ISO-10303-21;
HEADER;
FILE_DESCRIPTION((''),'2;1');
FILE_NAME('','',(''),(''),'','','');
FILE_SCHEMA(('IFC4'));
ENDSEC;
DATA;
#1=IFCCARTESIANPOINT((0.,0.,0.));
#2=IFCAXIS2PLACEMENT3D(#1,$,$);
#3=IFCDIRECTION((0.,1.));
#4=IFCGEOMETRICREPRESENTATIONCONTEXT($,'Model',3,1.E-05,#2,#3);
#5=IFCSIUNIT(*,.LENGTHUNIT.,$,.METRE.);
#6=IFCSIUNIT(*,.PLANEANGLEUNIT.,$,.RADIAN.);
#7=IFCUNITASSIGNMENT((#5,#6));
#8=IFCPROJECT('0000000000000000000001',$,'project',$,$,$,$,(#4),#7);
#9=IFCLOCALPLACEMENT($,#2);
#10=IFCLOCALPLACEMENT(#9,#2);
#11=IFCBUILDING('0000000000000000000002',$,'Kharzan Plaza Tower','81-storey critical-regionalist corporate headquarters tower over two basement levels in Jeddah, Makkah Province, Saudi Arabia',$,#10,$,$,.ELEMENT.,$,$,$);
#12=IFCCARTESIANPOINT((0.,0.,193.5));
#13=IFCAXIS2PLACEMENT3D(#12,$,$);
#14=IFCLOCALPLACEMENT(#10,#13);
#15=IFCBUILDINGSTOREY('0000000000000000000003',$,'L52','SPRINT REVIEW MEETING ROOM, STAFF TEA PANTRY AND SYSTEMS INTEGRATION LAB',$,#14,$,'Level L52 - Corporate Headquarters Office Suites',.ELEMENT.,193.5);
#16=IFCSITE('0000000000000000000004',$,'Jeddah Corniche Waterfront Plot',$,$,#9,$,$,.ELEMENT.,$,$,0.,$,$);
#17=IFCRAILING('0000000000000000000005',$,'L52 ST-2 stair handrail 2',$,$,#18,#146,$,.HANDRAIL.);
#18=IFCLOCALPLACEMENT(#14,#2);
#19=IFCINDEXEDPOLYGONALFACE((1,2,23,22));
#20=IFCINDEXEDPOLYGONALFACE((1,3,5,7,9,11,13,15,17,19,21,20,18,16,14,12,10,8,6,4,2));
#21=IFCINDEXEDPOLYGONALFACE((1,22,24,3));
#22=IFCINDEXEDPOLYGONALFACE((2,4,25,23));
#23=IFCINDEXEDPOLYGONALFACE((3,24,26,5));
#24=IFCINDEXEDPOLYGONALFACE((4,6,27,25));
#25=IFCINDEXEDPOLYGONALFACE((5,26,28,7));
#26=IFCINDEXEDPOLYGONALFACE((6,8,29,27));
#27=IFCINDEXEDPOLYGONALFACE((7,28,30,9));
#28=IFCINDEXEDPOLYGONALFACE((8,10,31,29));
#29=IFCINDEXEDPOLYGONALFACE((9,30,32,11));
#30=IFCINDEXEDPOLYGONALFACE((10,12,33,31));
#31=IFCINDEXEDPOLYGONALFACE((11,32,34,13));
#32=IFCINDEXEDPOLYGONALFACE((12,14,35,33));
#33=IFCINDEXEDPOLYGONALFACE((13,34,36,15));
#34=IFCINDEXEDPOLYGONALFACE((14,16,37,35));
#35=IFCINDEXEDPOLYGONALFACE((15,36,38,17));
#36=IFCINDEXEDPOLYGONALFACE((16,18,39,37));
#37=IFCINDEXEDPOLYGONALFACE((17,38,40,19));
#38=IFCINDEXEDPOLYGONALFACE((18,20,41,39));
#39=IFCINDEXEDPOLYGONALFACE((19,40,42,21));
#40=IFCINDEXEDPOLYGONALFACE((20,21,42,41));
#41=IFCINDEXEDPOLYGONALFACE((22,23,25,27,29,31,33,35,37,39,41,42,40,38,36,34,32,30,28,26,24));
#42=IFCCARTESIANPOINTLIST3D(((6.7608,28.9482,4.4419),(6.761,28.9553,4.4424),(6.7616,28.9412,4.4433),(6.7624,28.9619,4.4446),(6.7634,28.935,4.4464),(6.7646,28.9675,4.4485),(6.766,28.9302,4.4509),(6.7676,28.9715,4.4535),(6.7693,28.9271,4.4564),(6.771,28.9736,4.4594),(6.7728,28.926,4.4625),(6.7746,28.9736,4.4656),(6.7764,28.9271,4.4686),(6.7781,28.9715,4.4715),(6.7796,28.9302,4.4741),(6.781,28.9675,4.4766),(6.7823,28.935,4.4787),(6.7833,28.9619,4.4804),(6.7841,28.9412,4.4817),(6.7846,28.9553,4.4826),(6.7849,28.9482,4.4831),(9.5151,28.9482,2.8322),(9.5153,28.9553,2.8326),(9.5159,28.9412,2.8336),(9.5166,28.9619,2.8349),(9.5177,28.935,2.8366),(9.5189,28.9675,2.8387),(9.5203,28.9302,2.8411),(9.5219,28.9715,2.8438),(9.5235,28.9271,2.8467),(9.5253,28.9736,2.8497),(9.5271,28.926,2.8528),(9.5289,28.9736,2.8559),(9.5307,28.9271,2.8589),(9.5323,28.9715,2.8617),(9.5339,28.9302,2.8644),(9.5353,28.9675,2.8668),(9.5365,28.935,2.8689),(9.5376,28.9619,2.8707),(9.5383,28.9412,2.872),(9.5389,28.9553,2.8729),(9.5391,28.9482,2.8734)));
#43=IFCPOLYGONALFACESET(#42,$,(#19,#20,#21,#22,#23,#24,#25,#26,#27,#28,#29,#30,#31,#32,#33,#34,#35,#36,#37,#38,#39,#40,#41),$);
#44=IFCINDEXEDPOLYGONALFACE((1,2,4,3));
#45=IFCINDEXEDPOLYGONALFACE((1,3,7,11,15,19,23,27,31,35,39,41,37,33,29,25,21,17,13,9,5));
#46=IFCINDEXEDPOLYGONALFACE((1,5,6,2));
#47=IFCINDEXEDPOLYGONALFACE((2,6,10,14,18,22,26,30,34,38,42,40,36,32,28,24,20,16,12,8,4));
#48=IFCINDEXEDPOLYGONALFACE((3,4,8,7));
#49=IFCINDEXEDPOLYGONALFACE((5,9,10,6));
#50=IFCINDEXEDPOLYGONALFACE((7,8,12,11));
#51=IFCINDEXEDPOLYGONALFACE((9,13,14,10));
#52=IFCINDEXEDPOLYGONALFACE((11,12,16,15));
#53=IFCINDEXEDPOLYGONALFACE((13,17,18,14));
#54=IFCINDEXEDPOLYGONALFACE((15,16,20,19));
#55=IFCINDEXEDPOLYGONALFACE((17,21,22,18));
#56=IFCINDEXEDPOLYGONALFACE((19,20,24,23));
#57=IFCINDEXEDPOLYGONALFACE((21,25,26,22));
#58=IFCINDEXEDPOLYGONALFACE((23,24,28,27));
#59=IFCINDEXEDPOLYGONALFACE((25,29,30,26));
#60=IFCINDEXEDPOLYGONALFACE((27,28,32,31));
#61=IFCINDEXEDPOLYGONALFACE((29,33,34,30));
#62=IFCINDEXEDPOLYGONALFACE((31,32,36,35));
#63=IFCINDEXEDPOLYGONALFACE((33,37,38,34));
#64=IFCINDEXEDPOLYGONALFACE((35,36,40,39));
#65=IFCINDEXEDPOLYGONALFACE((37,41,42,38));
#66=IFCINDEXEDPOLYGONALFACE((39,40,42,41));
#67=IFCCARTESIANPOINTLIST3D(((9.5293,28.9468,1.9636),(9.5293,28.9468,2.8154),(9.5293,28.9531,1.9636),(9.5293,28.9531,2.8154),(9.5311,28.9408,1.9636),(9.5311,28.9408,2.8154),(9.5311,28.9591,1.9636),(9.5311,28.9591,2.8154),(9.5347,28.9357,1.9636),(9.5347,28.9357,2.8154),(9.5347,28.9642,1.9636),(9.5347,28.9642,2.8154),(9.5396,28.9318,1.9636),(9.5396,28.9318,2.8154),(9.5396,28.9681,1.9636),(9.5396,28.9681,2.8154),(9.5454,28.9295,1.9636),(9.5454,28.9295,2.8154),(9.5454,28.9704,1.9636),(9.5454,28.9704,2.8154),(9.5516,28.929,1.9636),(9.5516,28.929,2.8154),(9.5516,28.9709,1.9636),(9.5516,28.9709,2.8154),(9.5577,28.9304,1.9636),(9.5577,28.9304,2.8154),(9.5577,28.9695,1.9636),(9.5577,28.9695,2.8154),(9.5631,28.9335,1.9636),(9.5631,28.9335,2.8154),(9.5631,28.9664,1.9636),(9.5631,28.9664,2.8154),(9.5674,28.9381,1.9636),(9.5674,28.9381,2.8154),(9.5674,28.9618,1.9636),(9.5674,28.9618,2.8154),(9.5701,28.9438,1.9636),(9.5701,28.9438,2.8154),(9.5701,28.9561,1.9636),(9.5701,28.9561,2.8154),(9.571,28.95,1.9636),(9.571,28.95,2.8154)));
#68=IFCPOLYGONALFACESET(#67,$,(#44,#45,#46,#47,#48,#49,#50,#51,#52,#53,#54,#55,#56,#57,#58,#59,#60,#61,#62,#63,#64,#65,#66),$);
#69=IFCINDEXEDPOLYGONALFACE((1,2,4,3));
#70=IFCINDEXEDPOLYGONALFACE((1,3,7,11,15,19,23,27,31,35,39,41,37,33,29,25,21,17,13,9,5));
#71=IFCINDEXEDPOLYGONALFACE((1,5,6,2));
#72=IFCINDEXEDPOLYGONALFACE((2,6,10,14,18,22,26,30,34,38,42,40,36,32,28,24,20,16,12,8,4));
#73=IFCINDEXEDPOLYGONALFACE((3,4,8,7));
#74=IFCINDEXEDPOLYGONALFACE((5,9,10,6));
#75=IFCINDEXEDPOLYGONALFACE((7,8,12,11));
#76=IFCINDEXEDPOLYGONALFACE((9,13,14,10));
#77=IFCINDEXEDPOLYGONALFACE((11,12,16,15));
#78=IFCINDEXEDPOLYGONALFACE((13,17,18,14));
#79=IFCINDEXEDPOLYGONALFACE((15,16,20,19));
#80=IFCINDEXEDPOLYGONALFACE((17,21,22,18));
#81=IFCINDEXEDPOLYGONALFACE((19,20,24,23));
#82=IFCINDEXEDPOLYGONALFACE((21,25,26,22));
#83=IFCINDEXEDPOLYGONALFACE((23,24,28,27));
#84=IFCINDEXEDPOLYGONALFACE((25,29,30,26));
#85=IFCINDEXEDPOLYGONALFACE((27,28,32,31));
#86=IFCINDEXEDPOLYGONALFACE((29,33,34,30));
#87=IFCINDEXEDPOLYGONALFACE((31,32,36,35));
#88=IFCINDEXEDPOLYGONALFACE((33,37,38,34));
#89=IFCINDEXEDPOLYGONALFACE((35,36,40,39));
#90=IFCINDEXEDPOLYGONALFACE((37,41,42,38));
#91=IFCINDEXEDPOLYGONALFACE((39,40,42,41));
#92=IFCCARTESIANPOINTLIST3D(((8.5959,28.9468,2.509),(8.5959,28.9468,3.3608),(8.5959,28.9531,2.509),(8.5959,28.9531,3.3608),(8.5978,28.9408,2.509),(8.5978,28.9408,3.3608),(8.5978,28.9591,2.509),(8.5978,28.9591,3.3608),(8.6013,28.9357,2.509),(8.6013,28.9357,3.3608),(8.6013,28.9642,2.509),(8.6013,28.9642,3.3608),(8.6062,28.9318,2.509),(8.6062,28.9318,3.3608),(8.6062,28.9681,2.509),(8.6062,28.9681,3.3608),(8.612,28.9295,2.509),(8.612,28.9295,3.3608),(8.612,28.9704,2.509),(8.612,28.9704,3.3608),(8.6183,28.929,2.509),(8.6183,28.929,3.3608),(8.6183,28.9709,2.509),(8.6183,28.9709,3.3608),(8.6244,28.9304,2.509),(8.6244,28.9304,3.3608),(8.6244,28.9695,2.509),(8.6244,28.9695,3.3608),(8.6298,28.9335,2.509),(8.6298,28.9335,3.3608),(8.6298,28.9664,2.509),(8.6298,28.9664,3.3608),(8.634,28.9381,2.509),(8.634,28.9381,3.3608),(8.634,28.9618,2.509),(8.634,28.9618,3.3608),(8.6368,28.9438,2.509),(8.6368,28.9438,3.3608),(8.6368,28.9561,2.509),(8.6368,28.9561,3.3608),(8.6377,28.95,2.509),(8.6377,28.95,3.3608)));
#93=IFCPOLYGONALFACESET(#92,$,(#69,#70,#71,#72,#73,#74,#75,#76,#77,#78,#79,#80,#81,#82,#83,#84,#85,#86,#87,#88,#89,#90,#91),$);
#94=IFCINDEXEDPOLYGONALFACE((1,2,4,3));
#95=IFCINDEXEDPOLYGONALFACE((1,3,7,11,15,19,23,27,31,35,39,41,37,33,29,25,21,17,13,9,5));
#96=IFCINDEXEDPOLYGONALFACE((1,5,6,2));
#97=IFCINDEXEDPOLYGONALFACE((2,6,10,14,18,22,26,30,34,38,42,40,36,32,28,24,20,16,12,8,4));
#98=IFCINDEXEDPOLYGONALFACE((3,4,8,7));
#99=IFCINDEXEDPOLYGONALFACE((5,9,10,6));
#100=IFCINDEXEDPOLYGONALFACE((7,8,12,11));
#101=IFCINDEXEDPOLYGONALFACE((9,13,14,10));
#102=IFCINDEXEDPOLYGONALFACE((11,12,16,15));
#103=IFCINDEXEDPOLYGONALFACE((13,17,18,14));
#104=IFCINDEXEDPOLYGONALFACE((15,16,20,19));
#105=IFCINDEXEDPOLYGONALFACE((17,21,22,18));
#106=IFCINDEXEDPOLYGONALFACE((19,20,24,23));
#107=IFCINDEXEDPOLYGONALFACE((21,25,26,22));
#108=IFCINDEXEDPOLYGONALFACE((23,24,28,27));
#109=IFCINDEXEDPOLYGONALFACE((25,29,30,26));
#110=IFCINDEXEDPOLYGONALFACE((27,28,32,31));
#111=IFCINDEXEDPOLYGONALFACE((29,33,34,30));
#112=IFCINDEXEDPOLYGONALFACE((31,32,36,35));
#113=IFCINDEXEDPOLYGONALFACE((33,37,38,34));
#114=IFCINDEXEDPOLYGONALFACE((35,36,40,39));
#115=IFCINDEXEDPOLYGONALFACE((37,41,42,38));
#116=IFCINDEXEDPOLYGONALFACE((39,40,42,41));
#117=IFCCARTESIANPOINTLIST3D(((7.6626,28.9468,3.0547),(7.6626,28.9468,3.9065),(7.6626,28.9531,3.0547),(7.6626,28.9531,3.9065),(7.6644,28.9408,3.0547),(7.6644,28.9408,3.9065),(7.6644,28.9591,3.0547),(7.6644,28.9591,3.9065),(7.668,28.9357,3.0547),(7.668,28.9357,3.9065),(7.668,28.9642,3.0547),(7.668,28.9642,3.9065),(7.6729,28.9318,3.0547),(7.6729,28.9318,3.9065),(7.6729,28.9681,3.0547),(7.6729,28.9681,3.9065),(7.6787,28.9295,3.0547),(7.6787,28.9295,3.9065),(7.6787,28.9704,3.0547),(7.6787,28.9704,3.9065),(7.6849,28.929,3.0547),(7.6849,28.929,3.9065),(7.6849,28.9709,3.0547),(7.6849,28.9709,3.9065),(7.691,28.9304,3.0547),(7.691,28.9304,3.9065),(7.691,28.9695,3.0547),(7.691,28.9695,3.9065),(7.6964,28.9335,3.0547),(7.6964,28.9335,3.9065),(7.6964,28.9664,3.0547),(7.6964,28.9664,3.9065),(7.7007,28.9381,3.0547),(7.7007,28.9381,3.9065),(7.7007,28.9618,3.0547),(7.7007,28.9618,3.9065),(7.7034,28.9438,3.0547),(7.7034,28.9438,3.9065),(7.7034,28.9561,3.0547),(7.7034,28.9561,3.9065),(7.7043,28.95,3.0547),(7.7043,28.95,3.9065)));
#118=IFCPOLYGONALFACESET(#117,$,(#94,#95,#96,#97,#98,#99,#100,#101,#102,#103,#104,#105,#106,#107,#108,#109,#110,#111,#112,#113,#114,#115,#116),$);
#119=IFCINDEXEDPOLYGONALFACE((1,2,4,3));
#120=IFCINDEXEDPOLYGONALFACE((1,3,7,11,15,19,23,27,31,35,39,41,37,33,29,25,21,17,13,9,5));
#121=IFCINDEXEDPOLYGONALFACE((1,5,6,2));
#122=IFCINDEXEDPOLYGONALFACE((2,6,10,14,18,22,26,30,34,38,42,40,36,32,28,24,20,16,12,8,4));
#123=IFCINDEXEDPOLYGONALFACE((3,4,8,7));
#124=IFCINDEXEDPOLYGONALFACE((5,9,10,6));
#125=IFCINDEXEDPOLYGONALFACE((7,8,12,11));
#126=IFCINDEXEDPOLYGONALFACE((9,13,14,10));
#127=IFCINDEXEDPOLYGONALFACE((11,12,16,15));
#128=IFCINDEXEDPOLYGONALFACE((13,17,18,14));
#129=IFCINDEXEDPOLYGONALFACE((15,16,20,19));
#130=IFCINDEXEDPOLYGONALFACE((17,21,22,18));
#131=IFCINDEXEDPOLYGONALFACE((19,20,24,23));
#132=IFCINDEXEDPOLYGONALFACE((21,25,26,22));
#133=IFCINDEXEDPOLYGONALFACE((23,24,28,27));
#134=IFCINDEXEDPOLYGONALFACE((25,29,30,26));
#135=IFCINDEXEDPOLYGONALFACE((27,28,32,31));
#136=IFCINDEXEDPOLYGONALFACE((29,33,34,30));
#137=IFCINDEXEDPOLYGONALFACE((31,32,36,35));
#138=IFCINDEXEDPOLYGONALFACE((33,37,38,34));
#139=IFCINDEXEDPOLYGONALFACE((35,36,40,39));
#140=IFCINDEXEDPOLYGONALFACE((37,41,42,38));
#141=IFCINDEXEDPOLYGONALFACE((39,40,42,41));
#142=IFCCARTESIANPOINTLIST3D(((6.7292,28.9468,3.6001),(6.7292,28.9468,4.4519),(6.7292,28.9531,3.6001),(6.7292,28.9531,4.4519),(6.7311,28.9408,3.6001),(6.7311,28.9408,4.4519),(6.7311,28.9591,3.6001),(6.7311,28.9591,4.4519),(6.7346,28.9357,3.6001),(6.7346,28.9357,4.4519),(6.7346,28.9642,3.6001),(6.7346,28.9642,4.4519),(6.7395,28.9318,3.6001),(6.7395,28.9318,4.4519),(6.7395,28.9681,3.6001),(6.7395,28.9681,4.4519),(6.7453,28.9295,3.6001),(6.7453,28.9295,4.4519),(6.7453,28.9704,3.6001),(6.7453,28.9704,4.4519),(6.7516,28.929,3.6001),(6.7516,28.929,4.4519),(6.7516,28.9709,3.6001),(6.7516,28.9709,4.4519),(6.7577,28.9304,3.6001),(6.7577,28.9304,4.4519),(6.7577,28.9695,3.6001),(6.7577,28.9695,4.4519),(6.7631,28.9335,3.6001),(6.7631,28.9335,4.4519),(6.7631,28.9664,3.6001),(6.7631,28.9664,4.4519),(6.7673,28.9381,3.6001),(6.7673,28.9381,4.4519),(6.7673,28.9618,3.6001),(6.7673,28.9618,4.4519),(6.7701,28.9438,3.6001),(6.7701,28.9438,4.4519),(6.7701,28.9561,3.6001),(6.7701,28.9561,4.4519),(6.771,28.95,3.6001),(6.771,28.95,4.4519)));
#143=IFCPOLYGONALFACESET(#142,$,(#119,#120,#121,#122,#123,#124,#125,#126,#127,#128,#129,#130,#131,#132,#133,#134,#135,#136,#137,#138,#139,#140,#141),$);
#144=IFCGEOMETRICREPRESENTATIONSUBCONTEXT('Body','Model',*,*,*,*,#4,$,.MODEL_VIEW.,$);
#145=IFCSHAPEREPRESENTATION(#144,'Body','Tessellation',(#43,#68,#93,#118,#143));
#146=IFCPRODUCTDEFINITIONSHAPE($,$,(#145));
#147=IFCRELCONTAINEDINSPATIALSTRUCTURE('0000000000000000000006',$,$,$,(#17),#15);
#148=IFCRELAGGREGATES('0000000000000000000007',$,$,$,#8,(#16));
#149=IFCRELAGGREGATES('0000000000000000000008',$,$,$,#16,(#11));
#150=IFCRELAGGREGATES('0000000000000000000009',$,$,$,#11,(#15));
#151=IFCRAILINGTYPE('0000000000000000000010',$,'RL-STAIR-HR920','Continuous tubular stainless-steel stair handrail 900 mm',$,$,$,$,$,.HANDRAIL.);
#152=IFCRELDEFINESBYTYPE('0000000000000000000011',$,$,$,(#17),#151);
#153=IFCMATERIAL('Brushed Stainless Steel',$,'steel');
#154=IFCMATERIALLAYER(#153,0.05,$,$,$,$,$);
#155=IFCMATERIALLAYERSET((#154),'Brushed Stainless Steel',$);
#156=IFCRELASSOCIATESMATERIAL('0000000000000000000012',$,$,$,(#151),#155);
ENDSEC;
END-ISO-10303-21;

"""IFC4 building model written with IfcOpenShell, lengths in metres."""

from ifc_helpers import new_model, si_unit, direction, frame, origin, origin_2d, place, context, subcontext, project, spatial, circle, extrude, source, transform, mapped, material, layer, layer_set, type_object, element, save


model = new_model("IFC4")

# Units and contexts
model_context = context("Model", 3, precision=1e-05, world=origin(), true_north=direction((0.0, 1.0)))
body_context = subcontext(model_context, "Body", "Model", "MODEL_VIEW")
ifc_project = project(units=[si_unit("LENGTHUNIT", "METRE"), si_unit("PLANEANGLEUNIT", "RADIAN")], contexts=[model_context])

# Site, building, storey
site_placement = place(None, origin())
site = spatial("IfcSite", under=ifc_project, at=site_placement, Name="Jeddah Corniche Waterfront Plot", CompositionType="ELEMENT", RefElevation=0.0)
building_placement = place(site_placement, origin())
building = spatial("IfcBuilding", under=site, at=building_placement, Name="Kharzan Plaza Tower", Description="81-storey critical-regionalist corporate headquarters tower over two basement levels in Jeddah, Makkah Province, Saudi Arabia", CompositionType="ELEMENT")
storey_placement = place(building_placement, frame((0.0, 0.0, 193.5)))
storey = spatial("IfcBuildingStorey", under=building, at=storey_placement, Name="L52", Description="SPRINT REVIEW MEETING ROOM, STAFF TEA PANTRY AND SYSTEMS INTEGRATION LAB", LongName="Level L52 - Corporate Headquarters Office Suites", CompositionType="ELEMENT", Elevation=193.5)

# Shared definitions
ifc_material_1 = material(Name="Brushed Stainless Steel", Category="steel")

# Railing
ifc_layer_1 = layer(ifc_material_1, 0.05)
ifc_layer_set_1 = layer_set([ifc_layer_1], Name="Brushed Stainless Steel")
railing_type_1 = type_object("IfcRailingType", Name="RL-STAIR-HR920", Description="Continuous tubular stainless-steel stair handrail 900 mm", PredefinedType="HANDRAIL", material=ifc_layer_set_1)
shared_shape_1 = source(origin(), body_context, "Body", "SweptSolid", [
    extrude(circle(Radius=0.0239, at=origin_2d()), frame((-0.0229, 0.0, 0.8892), z_axis=(-0.863361, 0.0, 0.504587), x_axis=(0.0, -1.0, 0.0)), (0.0, 0.0, 1.0), 3.1902),
    extrude(circle(Radius=0.021, at=origin_2d()), origin(), (0.0, 0.0, 1.0), 0.8518),
    extrude(circle(Radius=0.021, at=origin_2d()), frame((-0.9333, 0.0, 0.5454)), (0.0, 0.0, 1.0), 0.8518),
    extrude(circle(Radius=0.021, at=origin_2d()), frame((-1.8667, 0.0, 1.0911)), (0.0, 0.0, 1.0), 0.8518),
    extrude(circle(Radius=0.021, at=origin_2d()), frame((-2.8, 0.0, 1.6365)), (0.0, 0.0, 1.0), 0.8518),
])
railing_1_placement = place(storey_placement, frame((9.55, 28.95, 1.9636)))
element("IfcRailing", 1, at=railing_1_placement, inside=storey, type_object=railing_type_1, Name="L52 ST-2 stair handrail 2", PredefinedType="HANDRAIL", context=body_context, shape_type="MappedRepresentation", body=[
    mapped(shared_shape_1, transform((0.0, 0.0, 0.0), x_axis=(1.0, 0.0, 0.0), y_axis=(0.0, 1.0, 0.0), z_axis=(0.0, 0.0, 1.0))),
])

save(model, "model.ifc")
